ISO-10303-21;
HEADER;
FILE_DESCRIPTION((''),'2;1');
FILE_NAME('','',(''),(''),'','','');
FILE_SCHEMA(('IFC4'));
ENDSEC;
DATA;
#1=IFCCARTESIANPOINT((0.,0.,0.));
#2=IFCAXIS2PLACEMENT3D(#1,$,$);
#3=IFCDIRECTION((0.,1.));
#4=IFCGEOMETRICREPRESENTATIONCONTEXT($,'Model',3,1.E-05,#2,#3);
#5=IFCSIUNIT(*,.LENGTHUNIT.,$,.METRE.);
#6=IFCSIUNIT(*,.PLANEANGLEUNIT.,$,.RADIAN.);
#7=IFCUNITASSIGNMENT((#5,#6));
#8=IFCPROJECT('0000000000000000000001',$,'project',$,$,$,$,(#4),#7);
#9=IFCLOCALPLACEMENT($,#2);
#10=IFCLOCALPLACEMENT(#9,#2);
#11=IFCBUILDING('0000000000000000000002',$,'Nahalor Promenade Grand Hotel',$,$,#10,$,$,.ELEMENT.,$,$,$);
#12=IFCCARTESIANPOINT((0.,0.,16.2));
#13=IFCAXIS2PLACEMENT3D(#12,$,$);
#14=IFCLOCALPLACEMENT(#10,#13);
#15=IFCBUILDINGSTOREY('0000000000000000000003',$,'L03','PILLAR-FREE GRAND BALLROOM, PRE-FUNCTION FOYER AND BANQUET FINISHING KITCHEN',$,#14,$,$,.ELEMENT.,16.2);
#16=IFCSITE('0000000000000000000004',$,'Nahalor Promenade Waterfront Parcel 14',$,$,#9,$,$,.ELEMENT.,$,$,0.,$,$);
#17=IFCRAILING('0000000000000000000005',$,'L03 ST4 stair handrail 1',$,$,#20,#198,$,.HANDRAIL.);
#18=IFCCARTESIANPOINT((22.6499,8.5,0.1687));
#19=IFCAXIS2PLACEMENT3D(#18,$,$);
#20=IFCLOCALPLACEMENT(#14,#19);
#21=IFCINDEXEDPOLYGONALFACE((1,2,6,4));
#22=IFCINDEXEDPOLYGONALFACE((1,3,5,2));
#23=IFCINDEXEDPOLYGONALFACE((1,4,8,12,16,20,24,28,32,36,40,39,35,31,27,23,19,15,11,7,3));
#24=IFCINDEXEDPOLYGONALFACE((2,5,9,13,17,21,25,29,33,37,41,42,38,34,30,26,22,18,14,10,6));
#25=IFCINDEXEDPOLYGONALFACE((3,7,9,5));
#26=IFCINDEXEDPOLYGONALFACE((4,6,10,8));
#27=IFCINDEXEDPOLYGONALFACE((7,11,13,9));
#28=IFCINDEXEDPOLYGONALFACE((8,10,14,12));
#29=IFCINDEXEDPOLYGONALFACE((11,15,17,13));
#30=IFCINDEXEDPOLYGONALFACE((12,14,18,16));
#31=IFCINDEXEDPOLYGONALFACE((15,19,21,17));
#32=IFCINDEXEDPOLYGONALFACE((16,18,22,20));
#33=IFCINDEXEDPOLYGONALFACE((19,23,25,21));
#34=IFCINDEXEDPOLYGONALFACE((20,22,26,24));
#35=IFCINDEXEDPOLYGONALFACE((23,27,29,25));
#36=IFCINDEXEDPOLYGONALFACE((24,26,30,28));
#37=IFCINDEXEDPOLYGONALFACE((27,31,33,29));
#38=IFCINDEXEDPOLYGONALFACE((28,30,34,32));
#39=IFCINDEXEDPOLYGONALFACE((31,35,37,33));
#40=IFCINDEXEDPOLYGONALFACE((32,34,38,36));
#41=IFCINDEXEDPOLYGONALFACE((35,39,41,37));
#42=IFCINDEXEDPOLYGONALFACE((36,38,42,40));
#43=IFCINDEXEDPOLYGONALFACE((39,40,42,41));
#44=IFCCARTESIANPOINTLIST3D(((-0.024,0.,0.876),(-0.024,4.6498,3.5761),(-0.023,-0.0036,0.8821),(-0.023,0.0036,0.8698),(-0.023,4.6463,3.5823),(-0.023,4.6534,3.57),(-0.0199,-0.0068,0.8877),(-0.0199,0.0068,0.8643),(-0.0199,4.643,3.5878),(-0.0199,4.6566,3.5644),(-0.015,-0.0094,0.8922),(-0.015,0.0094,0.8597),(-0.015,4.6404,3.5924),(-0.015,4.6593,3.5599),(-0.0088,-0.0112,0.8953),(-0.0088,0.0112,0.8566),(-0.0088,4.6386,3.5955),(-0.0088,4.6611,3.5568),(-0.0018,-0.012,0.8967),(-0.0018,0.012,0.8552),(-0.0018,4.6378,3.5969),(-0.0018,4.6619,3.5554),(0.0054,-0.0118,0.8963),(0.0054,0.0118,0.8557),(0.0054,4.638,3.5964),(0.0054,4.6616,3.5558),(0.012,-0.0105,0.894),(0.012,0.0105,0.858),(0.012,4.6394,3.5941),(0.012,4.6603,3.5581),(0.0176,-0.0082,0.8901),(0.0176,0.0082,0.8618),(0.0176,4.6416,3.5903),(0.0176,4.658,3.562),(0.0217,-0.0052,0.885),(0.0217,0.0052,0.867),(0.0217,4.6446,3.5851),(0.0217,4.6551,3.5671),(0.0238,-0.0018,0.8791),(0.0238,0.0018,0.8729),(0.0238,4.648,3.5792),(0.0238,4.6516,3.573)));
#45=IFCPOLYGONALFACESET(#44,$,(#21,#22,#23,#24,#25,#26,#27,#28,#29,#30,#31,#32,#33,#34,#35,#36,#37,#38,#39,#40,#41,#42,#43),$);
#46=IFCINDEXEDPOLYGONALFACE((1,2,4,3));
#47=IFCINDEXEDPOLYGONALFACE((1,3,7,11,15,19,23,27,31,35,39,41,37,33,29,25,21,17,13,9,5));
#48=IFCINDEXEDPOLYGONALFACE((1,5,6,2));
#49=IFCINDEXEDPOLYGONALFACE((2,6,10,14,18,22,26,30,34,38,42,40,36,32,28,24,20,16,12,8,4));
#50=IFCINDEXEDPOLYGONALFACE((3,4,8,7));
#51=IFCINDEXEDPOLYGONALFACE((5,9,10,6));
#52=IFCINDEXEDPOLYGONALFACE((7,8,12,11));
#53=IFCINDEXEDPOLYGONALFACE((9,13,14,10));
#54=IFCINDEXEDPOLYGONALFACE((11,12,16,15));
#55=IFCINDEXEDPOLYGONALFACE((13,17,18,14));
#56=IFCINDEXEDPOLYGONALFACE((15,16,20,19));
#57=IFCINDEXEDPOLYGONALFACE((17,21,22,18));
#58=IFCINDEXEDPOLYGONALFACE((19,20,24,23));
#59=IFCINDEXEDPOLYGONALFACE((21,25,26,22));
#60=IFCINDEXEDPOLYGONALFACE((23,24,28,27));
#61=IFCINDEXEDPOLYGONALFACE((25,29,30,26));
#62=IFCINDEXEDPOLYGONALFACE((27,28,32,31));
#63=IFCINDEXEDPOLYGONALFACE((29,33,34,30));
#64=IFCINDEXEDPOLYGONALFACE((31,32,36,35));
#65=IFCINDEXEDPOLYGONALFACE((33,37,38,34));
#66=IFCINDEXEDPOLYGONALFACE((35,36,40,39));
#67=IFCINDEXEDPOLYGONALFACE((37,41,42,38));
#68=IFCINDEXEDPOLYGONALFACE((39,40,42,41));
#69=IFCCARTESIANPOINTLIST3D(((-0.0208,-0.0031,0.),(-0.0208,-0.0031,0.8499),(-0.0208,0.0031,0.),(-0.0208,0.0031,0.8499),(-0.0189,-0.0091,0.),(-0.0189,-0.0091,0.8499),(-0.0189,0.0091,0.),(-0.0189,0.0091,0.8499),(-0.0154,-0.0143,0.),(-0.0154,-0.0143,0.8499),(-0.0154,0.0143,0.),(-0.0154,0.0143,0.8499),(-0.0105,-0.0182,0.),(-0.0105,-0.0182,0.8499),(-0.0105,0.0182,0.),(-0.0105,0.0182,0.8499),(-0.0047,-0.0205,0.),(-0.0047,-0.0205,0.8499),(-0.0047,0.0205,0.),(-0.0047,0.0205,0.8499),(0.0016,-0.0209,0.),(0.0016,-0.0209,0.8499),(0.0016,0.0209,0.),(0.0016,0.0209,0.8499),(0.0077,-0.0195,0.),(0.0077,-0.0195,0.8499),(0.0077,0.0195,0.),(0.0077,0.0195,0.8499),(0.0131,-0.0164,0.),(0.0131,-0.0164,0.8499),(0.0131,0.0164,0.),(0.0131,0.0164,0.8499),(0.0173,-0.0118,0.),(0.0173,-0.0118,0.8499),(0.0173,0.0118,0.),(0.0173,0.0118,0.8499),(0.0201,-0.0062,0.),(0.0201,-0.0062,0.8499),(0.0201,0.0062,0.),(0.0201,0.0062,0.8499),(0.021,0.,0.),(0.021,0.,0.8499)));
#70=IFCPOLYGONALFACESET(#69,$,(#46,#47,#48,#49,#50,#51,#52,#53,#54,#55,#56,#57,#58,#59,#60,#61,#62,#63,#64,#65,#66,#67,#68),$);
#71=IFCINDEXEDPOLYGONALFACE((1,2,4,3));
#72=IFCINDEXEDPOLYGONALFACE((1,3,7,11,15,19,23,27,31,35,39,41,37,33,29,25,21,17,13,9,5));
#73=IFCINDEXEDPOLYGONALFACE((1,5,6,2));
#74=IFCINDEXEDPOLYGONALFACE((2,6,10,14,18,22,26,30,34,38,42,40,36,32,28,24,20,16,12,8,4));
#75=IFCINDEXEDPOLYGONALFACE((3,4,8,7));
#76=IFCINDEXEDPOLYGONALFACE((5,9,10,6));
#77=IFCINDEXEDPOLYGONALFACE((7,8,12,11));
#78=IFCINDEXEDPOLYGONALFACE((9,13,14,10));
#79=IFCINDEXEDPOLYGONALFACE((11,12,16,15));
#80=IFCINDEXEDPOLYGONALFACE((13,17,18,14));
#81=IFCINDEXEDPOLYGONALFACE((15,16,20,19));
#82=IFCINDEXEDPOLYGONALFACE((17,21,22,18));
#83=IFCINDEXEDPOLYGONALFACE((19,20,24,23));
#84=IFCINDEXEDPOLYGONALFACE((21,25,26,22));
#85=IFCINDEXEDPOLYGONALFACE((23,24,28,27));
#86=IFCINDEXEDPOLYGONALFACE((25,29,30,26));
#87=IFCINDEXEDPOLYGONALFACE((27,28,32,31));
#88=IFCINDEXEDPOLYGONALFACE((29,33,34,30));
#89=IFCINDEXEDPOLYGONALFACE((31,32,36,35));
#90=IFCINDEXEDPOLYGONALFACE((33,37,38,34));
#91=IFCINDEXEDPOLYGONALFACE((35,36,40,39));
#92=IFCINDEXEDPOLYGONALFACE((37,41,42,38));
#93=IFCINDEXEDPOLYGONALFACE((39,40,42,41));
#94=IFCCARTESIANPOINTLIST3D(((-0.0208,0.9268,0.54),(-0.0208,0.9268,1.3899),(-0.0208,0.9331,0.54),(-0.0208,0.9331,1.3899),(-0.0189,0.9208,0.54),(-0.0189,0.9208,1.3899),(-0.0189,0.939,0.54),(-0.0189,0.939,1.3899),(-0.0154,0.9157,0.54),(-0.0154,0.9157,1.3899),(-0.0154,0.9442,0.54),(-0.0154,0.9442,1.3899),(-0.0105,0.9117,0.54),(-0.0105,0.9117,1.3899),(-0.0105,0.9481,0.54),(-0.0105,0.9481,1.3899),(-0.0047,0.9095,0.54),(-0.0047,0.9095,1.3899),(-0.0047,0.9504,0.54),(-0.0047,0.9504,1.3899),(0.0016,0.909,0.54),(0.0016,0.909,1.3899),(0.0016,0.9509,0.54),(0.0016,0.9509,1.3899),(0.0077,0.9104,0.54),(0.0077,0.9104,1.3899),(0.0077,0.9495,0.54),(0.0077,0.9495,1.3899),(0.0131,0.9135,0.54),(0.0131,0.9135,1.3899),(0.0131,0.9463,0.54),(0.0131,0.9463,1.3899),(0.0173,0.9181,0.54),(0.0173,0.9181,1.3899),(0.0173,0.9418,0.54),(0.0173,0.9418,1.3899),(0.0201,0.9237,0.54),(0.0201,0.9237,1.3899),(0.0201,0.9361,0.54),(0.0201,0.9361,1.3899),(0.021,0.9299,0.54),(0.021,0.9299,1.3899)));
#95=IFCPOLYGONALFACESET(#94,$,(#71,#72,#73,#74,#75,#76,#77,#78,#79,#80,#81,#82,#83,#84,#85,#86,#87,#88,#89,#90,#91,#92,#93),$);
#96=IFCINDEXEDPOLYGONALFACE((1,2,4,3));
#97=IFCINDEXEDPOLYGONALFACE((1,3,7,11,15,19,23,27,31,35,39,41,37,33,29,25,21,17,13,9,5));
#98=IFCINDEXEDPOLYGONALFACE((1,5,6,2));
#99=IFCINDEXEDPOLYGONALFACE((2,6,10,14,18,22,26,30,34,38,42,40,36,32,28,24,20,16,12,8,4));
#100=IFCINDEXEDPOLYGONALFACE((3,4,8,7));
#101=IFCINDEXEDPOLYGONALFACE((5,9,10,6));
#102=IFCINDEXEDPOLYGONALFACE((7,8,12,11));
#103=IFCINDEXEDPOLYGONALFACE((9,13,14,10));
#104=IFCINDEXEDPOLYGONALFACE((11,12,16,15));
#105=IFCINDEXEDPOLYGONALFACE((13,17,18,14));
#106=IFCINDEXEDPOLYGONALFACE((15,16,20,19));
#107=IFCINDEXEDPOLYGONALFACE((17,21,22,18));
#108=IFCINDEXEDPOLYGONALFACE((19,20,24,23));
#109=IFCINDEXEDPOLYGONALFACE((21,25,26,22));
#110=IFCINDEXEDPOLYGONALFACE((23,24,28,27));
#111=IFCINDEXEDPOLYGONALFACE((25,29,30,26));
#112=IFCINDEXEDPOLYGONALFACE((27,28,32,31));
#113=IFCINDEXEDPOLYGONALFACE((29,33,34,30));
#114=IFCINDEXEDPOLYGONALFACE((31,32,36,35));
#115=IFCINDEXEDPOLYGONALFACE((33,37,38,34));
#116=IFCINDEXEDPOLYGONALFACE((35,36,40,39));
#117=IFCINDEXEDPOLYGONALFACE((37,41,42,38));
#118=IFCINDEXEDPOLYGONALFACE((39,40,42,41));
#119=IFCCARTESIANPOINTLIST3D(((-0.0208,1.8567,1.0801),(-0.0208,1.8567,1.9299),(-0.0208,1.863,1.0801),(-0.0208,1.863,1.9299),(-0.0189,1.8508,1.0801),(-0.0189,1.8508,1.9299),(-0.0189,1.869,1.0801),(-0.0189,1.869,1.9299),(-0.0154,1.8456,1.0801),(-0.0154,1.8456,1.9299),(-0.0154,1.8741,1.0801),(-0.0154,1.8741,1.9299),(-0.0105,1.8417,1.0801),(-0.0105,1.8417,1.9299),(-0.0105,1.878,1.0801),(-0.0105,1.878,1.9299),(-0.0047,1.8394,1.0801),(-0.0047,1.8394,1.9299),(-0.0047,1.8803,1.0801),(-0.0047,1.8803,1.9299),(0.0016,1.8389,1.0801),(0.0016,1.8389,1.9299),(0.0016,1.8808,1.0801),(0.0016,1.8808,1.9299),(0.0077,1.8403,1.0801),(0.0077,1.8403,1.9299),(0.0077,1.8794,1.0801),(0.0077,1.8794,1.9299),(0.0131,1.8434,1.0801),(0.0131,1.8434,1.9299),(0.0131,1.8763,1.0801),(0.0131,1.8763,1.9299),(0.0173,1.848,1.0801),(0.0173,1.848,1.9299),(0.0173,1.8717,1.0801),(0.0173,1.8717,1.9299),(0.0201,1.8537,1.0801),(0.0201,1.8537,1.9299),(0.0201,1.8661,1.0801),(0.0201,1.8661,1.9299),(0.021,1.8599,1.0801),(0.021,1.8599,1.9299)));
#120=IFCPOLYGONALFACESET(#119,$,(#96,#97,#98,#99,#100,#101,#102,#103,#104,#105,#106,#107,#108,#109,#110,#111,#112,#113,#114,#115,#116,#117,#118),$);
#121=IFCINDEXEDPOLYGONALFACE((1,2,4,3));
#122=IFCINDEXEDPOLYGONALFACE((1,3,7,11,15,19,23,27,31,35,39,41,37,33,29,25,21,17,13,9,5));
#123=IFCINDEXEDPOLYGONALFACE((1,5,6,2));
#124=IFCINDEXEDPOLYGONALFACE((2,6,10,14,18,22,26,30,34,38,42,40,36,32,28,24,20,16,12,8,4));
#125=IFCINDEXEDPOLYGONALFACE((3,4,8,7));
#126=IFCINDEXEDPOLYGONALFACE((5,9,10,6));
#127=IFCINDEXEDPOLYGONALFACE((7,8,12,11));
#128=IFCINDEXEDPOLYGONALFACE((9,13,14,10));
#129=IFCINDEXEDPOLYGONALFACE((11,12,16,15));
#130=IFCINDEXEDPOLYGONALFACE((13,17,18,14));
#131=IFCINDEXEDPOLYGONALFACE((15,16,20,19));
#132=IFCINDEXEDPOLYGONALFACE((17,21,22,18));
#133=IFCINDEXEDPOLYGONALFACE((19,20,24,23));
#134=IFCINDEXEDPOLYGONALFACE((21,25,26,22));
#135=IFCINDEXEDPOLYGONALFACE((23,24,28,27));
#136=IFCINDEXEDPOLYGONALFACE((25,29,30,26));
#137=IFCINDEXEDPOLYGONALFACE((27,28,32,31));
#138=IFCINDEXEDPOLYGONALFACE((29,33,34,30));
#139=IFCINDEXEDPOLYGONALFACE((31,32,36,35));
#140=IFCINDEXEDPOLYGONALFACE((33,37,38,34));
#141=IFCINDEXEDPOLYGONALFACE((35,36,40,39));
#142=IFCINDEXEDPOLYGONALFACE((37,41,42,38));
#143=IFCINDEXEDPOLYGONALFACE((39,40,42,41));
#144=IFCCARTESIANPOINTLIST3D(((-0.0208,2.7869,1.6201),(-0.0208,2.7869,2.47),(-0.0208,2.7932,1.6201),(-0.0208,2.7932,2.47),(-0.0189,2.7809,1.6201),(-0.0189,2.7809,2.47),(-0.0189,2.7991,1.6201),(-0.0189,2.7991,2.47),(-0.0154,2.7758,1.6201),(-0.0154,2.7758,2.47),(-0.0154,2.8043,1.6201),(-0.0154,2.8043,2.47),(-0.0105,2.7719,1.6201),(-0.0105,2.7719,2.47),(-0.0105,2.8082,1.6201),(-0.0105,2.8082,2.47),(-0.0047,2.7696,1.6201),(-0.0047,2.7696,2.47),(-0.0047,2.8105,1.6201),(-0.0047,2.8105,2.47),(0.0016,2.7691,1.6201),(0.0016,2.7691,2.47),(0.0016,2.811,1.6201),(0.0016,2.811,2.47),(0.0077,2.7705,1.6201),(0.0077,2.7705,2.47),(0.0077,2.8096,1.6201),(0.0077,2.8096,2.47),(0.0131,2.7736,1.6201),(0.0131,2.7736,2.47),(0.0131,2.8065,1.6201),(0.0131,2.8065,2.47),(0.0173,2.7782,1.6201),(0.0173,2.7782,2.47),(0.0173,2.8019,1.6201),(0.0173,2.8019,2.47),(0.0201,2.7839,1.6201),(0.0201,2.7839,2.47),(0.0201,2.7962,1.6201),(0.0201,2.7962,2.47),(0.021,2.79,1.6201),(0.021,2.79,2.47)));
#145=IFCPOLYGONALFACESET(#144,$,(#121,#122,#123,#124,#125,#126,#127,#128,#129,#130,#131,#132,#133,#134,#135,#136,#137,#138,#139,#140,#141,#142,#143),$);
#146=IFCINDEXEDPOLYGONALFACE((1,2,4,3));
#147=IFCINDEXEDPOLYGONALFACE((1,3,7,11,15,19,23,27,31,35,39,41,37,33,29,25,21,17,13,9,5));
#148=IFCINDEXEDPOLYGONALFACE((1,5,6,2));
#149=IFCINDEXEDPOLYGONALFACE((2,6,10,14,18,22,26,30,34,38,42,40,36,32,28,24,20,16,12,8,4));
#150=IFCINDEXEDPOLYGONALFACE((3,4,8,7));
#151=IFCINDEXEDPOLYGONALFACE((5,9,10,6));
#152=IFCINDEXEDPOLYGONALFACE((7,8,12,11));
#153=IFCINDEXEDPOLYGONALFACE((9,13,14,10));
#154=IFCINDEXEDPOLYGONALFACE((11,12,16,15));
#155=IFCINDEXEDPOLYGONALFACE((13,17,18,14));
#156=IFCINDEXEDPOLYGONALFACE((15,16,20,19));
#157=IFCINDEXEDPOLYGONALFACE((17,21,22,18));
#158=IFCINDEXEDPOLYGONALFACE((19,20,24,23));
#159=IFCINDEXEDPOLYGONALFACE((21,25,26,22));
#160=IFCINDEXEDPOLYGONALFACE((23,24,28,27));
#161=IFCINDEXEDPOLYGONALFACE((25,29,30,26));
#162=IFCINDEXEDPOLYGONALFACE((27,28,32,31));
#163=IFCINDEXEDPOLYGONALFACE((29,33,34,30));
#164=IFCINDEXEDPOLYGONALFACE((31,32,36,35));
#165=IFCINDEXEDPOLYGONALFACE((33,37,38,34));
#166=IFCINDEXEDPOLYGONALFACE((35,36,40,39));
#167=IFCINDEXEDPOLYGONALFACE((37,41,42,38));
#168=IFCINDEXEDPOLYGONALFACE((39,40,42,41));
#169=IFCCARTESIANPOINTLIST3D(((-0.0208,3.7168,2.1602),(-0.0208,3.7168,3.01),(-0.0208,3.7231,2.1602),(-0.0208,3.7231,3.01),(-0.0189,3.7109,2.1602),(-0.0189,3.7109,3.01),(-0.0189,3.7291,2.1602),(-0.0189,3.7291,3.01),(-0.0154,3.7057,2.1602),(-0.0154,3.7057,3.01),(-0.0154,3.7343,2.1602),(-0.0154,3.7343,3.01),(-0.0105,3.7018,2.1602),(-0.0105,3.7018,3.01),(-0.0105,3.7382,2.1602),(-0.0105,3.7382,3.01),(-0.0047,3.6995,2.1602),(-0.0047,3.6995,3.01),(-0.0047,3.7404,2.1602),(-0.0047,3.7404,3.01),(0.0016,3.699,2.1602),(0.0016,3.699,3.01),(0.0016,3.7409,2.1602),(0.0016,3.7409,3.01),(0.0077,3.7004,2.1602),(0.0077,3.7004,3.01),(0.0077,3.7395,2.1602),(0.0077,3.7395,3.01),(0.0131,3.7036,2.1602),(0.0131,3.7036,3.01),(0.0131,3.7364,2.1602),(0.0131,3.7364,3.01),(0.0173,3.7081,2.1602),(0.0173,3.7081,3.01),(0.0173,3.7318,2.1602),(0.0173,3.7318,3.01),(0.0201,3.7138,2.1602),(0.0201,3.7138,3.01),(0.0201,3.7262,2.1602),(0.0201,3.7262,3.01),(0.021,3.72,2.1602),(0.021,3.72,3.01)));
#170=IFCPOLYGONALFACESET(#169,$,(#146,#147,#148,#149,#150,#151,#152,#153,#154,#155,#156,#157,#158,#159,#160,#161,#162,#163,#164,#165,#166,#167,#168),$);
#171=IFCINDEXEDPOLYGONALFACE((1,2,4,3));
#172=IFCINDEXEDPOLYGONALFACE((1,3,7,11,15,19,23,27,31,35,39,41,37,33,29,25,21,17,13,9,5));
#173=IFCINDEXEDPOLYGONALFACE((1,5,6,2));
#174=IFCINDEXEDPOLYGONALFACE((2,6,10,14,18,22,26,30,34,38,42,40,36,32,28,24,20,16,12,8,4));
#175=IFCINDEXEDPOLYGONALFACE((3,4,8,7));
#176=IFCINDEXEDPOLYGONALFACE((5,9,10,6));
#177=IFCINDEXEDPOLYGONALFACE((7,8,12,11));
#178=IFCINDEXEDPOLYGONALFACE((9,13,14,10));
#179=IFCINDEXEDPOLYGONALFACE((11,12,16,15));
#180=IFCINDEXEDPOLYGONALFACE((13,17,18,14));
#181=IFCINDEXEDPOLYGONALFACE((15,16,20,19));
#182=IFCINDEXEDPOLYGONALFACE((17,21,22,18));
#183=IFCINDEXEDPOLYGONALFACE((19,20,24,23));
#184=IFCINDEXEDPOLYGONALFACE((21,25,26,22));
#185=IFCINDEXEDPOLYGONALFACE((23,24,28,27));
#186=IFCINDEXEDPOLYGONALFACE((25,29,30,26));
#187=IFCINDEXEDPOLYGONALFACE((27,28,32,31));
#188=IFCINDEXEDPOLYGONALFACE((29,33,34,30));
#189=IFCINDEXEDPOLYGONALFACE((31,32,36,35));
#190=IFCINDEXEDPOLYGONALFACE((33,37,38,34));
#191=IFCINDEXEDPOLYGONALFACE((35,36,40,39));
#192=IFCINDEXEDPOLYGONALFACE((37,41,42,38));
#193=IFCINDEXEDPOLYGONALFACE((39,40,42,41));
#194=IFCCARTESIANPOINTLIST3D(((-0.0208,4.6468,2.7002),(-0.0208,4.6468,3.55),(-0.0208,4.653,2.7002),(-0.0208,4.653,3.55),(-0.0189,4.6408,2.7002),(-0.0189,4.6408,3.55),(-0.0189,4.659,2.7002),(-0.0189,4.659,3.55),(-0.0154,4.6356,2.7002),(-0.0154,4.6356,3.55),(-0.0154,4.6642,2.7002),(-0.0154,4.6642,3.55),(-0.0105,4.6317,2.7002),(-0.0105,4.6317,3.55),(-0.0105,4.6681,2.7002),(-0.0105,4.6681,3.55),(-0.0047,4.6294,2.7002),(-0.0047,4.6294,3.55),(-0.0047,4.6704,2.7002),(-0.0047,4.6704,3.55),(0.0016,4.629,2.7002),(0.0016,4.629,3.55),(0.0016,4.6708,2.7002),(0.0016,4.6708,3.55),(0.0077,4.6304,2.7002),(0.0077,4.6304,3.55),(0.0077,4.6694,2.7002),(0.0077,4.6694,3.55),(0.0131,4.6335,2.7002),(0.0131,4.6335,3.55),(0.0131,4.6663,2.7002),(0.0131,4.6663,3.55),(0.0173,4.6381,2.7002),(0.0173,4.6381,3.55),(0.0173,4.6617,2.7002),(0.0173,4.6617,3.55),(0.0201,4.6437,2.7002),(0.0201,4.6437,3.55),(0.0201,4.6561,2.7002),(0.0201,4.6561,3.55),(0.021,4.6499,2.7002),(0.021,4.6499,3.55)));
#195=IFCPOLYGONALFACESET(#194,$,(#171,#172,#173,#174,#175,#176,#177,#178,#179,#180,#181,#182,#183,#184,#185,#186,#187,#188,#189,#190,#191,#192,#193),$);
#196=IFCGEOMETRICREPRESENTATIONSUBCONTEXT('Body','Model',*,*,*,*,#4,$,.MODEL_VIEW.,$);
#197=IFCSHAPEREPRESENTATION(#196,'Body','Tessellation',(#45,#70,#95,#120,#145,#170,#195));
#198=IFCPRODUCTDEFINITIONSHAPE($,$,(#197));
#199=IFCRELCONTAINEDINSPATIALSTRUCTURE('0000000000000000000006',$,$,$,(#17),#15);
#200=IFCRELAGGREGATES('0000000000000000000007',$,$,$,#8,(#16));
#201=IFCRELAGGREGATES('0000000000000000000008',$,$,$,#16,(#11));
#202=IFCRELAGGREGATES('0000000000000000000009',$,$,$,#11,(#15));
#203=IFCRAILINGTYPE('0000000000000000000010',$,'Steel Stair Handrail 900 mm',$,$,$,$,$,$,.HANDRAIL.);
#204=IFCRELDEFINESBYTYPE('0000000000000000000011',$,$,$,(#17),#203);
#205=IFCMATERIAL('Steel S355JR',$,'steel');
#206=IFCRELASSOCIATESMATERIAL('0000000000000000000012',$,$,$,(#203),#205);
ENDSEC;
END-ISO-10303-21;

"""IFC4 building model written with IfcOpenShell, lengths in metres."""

from ifc_helpers import new_model, si_unit, direction, frame, origin, origin_2d, place, context, subcontext, project, spatial, circle, extrude, material, type_object, element, save


model = new_model("IFC4")

# Units and contexts
model_context = context("Model", 3, precision=1e-05, world=origin(), true_north=direction((0.0, 1.0)))
body_context = subcontext(model_context, "Body", "Model", "MODEL_VIEW")
ifc_project = project(units=[si_unit("LENGTHUNIT", "METRE"), si_unit("PLANEANGLEUNIT", "RADIAN")], contexts=[model_context])

# Site, building, storey
site_placement = place(None, origin())
site = spatial("IfcSite", under=ifc_project, at=site_placement, Name="Nahalor Promenade Waterfront Parcel 14", CompositionType="ELEMENT", RefElevation=0.0)
building_placement = place(site_placement, origin())
building = spatial("IfcBuilding", under=site, at=building_placement, Name="Nahalor Promenade Grand Hotel", CompositionType="ELEMENT")
storey_placement = place(building_placement, frame((0.0, 0.0, 16.2)))
storey = spatial("IfcBuildingStorey", under=building, at=storey_placement, Name="L03", Description="PILLAR-FREE GRAND BALLROOM, PRE-FUNCTION FOYER AND BANQUET FINISHING KITCHEN", CompositionType="ELEMENT", Elevation=16.2)

# Shared definitions
ifc_material_1 = material(Name="Steel S355JR", Category="steel")

# Railing
railing_type_1 = type_object("IfcRailingType", Name="Steel Stair Handrail 900 mm", PredefinedType="HANDRAIL", material=ifc_material_1)
railing_1_placement = place(storey_placement, frame((22.6499, 8.5, 0.1687)))
element("IfcRailing", 1, at=railing_1_placement, inside=storey, type_object=railing_type_1, Name="L03 ST4 stair handrail 1", PredefinedType="HANDRAIL", context=body_context, shape_type="SweptSolid", body=[
    extrude(circle(Radius=0.024, at=origin_2d()), frame((0.0, 0.0, 0.876), z_axis=(0.0, 0.864769, 0.502171), x_axis=(-1.0, 0.0, 0.0)), (0.0, 0.0, 1.0), 5.377),
    extrude(circle(Radius=0.021, at=origin_2d()), origin(), (0.0, 0.0, 1.0), 0.8499),
    extrude(circle(Radius=0.021, at=origin_2d()), frame((0.0, 0.9299, 0.54)), (0.0, 0.0, 1.0), 0.8499),
    extrude(circle(Radius=0.021, at=origin_2d()), frame((0.0, 1.8599, 1.0801)), (0.0, 0.0, 1.0), 0.8499),
    extrude(circle(Radius=0.021, at=origin_2d()), frame((0.0, 2.79, 1.6201)), (0.0, 0.0, 1.0), 0.8499),
    extrude(circle(Radius=0.021, at=origin_2d()), frame((0.0, 3.72, 2.1602)), (0.0, 0.0, 1.0), 0.8499),
    extrude(circle(Radius=0.021, at=origin_2d()), frame((0.0, 4.6499, 2.7002)), (0.0, 0.0, 1.0), 0.8499),
])

save(model, "model.ifc")
